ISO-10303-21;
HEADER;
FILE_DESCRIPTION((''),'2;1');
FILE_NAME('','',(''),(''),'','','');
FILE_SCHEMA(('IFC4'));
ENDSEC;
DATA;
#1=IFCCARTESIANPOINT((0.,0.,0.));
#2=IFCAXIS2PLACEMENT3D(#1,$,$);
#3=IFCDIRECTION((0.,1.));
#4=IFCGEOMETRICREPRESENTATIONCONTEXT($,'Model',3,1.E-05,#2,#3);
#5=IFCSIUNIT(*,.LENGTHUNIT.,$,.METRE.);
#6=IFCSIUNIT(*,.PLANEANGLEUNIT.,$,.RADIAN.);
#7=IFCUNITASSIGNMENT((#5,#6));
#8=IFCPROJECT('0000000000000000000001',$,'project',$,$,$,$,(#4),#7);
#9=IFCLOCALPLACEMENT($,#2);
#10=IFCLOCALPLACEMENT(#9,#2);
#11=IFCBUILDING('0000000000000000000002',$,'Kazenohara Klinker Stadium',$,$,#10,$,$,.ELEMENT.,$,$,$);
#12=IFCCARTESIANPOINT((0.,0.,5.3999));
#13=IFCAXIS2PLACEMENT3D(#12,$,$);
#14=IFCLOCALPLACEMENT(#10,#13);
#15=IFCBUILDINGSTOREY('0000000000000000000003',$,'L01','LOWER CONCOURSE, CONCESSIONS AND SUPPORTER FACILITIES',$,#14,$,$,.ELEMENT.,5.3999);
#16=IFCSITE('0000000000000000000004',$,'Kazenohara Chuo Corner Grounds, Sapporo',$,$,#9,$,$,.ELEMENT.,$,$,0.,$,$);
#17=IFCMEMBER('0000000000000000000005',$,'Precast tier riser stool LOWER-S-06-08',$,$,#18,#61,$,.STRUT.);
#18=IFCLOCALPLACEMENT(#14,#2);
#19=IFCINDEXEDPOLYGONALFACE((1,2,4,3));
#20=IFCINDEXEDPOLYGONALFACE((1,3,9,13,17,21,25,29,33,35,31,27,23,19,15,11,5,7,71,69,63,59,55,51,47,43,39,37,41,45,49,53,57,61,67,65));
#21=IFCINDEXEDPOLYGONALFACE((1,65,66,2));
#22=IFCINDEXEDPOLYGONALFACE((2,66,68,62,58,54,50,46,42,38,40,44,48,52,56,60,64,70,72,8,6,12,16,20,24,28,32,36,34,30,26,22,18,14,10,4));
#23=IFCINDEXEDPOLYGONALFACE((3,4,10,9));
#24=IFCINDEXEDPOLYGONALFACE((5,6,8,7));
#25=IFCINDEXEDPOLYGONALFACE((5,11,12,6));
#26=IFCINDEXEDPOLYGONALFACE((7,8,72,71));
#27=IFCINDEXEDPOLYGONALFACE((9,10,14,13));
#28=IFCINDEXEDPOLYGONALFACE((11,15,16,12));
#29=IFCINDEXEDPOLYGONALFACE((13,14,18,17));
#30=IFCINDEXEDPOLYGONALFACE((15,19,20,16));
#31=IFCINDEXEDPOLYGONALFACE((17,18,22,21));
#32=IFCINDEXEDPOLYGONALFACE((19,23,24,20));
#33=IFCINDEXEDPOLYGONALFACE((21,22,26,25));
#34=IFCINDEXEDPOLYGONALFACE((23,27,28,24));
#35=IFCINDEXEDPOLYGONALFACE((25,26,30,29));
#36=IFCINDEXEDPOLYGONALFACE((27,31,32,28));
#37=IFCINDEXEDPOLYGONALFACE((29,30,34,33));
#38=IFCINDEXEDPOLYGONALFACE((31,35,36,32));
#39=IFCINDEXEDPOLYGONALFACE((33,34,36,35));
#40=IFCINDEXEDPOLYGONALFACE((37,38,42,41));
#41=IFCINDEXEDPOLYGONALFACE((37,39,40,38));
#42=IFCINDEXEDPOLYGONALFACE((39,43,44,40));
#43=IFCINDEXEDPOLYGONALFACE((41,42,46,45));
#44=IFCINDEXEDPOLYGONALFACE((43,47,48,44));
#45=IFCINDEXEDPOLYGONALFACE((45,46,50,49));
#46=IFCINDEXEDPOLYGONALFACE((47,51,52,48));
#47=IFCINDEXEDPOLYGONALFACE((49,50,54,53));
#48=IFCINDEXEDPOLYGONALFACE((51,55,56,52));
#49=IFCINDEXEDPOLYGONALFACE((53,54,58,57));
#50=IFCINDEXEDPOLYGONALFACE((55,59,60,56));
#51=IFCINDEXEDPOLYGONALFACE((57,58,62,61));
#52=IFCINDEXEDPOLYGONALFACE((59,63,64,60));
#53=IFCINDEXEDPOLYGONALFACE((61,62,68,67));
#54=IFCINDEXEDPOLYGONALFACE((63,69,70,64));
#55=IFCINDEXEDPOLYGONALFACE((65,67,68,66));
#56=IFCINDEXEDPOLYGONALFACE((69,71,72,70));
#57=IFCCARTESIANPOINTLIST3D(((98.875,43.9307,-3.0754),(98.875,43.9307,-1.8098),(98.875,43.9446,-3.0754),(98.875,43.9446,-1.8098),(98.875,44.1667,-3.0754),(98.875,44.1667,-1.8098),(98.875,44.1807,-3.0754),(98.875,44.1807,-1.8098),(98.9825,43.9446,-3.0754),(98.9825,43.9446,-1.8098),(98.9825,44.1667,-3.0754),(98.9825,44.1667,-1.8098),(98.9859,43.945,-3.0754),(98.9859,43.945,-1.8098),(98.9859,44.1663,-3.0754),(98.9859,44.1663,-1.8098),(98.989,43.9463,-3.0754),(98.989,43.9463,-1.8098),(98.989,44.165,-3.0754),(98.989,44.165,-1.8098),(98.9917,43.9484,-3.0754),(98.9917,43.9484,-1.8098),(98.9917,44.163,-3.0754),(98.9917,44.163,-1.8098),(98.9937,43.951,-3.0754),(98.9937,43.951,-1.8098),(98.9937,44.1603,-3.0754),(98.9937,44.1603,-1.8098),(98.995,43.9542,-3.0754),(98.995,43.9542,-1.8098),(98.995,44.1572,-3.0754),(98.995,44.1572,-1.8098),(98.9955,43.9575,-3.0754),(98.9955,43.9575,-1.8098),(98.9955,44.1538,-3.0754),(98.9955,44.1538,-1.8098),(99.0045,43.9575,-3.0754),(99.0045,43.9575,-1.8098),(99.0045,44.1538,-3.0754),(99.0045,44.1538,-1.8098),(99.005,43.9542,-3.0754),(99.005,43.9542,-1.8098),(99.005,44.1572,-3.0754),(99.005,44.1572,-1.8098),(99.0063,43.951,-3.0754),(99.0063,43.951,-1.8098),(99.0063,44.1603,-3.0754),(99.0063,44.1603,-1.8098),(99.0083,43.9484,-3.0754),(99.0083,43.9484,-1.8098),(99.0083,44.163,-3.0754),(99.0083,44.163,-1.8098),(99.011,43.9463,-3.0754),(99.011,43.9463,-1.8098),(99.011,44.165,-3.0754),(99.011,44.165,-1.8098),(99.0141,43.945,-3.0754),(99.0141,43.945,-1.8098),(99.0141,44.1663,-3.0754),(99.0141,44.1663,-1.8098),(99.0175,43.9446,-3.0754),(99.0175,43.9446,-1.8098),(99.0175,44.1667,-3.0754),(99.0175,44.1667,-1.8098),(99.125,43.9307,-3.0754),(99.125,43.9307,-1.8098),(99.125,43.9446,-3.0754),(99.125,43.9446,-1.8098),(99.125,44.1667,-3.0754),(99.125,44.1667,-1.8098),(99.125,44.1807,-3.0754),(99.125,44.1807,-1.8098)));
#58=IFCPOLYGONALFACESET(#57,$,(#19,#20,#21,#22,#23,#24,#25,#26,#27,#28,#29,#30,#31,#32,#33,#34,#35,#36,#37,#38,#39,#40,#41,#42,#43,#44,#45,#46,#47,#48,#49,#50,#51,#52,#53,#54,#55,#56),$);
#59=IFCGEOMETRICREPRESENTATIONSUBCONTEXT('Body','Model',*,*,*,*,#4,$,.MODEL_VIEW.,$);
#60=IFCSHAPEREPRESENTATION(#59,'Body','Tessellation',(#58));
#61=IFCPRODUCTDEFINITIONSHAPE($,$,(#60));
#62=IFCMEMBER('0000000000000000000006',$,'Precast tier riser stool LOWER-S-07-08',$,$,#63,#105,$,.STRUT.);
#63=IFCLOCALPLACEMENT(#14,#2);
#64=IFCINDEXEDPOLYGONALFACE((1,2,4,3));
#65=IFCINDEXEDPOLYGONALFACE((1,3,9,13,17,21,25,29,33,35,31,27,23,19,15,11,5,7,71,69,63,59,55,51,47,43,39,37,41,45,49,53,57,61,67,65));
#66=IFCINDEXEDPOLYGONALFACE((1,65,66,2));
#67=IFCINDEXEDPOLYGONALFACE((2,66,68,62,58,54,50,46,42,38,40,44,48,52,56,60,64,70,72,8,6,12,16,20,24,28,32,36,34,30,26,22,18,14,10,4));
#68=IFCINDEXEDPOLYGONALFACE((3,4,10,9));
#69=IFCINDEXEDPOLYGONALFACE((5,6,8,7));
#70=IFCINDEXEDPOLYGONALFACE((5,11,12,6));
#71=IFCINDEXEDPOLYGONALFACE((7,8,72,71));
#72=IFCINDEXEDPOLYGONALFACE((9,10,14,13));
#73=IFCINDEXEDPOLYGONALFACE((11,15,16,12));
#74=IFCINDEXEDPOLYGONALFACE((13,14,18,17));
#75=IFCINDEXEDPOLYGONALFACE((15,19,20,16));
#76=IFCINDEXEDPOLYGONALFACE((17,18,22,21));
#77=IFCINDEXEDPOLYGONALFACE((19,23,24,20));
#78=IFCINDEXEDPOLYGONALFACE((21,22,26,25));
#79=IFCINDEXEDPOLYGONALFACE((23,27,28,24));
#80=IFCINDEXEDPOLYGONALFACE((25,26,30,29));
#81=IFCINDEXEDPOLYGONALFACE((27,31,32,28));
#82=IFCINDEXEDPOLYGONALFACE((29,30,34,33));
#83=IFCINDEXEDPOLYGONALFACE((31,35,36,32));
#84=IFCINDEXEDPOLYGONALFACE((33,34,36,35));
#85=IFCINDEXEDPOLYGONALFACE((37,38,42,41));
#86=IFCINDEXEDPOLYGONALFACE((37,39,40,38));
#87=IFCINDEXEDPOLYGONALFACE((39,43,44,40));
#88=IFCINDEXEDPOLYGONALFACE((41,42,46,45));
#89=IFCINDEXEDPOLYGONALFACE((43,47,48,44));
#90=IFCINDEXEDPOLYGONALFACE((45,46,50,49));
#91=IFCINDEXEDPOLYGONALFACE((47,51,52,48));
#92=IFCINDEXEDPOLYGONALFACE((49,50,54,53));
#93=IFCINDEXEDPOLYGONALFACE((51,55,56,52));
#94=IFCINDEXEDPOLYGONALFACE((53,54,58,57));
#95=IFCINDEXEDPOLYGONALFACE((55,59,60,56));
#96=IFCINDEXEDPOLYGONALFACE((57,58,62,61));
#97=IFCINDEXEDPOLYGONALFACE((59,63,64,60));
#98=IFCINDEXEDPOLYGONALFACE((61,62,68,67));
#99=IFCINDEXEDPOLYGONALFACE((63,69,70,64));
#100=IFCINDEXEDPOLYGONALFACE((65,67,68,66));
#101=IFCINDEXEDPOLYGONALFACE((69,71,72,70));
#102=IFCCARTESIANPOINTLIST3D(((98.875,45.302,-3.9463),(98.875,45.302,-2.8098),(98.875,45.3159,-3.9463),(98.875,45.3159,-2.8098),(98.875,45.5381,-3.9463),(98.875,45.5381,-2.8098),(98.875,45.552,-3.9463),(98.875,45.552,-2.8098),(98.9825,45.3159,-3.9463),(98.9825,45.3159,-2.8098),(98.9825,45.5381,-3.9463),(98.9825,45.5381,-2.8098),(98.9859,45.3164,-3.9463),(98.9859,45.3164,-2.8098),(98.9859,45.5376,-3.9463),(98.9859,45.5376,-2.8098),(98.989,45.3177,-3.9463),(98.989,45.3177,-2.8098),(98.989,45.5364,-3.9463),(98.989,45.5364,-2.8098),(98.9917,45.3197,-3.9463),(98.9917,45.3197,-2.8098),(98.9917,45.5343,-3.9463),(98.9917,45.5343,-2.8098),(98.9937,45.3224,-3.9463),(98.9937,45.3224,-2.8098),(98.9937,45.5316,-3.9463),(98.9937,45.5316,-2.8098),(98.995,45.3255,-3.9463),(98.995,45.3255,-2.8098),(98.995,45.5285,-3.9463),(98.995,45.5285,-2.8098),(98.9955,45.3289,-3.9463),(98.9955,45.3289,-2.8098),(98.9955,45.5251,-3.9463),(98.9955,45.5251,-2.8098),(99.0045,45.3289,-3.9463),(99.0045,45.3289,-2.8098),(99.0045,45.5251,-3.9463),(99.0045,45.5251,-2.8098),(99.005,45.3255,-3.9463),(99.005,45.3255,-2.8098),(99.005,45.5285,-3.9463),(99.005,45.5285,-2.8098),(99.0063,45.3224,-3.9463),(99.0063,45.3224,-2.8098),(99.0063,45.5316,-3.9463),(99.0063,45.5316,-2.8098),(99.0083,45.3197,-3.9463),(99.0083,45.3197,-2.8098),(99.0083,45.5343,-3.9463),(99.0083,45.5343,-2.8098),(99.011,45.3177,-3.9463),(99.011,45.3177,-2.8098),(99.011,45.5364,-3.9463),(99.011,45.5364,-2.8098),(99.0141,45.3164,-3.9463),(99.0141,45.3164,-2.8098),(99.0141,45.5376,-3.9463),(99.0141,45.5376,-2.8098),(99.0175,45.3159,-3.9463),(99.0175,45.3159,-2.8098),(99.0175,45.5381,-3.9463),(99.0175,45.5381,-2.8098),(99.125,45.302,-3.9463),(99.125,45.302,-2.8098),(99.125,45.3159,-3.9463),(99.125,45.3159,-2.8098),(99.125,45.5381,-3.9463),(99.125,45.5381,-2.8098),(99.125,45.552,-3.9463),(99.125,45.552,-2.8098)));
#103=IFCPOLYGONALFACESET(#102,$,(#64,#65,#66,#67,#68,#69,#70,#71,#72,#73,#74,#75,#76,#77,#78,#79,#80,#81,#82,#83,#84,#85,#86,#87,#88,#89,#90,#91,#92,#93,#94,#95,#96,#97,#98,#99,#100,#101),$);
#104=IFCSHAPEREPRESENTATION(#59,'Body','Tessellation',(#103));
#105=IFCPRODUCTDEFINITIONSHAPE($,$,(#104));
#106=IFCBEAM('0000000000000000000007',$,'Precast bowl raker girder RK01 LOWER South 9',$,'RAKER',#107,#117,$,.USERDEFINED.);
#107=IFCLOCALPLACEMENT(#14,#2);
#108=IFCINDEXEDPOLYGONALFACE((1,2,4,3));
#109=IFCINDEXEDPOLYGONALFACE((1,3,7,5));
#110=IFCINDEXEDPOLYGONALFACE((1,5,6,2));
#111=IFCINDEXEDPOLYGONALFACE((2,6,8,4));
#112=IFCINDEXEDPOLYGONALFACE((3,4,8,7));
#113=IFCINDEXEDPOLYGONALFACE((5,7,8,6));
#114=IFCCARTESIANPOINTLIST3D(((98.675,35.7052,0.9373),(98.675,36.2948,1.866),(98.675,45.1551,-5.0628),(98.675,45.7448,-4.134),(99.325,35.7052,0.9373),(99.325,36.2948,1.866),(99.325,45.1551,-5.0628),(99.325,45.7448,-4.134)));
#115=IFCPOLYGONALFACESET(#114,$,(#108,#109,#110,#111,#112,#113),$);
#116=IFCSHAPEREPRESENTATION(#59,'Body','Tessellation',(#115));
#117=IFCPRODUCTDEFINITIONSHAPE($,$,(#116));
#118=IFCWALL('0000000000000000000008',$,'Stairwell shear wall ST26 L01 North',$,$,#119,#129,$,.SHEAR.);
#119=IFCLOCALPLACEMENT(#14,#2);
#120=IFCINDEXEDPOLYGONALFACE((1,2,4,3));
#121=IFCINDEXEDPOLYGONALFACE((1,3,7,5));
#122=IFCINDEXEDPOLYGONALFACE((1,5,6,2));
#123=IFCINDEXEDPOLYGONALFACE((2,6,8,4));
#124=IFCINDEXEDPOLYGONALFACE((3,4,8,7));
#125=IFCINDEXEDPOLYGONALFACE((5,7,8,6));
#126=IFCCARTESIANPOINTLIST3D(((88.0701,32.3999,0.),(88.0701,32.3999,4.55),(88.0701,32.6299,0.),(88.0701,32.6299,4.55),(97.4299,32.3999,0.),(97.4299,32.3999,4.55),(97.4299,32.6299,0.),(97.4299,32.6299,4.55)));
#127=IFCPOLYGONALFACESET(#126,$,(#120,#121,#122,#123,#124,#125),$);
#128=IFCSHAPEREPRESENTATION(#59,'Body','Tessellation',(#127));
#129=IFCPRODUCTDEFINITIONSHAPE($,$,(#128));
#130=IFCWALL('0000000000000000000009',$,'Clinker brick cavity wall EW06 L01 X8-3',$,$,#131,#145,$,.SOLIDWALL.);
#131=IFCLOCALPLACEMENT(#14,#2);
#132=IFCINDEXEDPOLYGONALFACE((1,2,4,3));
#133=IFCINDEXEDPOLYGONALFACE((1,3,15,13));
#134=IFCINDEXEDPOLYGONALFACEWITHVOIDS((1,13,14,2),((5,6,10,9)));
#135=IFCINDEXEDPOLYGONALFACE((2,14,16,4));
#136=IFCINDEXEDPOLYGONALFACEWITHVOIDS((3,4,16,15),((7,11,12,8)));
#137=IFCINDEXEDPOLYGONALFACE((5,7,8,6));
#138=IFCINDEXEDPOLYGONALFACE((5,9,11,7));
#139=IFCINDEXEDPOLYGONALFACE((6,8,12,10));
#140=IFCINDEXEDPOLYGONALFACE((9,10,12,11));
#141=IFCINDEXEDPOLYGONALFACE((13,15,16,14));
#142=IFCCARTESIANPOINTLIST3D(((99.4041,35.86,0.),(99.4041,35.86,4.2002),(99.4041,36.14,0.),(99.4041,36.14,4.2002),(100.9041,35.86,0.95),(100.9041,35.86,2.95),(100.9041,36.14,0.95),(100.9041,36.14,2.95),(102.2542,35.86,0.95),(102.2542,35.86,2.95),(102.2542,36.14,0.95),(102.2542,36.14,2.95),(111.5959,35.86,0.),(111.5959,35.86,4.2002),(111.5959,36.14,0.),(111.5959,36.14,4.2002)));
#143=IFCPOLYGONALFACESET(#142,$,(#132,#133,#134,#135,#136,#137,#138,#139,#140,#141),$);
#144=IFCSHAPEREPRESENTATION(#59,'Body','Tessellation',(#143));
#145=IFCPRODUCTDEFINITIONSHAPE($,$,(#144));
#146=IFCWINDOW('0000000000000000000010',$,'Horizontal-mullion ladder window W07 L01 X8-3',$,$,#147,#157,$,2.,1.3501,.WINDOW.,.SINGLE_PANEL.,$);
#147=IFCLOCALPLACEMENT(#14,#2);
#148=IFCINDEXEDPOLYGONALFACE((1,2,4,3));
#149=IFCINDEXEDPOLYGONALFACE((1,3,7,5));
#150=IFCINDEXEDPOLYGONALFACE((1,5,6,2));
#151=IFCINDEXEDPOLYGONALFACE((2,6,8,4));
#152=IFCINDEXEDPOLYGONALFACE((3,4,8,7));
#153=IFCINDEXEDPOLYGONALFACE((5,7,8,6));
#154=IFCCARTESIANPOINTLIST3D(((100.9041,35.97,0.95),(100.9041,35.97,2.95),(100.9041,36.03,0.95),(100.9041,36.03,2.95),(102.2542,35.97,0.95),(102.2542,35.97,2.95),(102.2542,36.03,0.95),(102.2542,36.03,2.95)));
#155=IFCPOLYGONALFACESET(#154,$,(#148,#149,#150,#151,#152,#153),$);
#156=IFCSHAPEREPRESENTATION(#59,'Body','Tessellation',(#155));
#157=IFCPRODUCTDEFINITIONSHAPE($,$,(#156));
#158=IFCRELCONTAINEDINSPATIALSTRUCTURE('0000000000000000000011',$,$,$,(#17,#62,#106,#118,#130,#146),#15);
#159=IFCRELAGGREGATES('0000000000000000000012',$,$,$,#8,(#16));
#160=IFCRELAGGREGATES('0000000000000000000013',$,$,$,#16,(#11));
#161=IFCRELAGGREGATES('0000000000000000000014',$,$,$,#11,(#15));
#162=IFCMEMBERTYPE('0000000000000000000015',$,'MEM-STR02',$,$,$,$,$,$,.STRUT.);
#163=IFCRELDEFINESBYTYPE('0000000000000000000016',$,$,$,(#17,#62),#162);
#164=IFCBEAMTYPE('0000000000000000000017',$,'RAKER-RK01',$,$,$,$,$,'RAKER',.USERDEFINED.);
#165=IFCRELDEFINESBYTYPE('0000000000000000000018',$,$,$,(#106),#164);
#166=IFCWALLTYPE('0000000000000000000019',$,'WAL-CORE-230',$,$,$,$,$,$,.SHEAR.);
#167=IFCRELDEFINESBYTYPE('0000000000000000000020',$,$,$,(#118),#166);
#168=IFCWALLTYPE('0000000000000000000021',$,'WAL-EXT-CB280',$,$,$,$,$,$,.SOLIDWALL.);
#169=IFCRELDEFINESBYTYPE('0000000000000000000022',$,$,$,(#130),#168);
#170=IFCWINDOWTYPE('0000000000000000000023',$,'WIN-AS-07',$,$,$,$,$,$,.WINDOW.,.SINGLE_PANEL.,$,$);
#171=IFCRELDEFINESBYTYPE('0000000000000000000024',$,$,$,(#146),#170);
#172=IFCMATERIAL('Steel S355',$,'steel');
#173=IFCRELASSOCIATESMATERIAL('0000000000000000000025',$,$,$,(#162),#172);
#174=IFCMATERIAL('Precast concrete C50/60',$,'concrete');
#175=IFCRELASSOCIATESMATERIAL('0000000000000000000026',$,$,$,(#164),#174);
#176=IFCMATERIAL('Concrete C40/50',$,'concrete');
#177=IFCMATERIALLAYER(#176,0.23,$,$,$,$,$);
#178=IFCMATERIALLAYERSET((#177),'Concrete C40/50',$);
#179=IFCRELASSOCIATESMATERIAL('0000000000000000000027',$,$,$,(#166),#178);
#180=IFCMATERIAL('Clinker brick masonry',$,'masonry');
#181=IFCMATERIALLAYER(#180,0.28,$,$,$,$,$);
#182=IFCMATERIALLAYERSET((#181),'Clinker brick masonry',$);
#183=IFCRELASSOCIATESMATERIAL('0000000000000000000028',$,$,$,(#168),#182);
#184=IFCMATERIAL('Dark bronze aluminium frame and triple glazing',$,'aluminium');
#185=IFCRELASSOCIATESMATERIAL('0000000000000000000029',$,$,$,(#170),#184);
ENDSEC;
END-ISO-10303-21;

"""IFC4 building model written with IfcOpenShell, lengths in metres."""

from ifc_helpers import new_model, si_unit, direction, frame, frame_2d, origin, origin_2d, place, context, subcontext, project, spatial, rectangle, i_section, extrude, material, layer, layer_set, material_profile, profile_set, type_object, element, fill, save


model = new_model("IFC4")

# Units and contexts
model_context = context("Model", 3, precision=1e-05, world=origin(), true_north=direction((0.0, 1.0)))
body_context = subcontext(model_context, "Body", "Model", "MODEL_VIEW")
ifc_project = project(units=[si_unit("LENGTHUNIT", "METRE"), si_unit("PLANEANGLEUNIT", "RADIAN")], contexts=[model_context])

# Site, building, storey
site_placement = place(None, origin())
site = spatial("IfcSite", under=ifc_project, at=site_placement, Name="Kazenohara Chuo Corner Grounds, Sapporo", CompositionType="ELEMENT", RefElevation=0.0)
building_placement = place(site_placement, origin())
building = spatial("IfcBuilding", under=site, at=building_placement, Name="Kazenohara Klinker Stadium", CompositionType="ELEMENT")
storey_placement = place(building_placement, frame((0.0, 0.0, 5.3999)))
storey = spatial("IfcBuildingStorey", under=building, at=storey_placement, Name="L01", Description="LOWER CONCOURSE, CONCESSIONS AND SUPPORTER FACILITIES", CompositionType="ELEMENT", Elevation=5.3999)

# Shared definitions
ifc_material_1 = material(Name="Concrete C40/50", Category="concrete")

# Shared definitions
ifc_material_2 = material(Name="Steel S355", Category="steel")

# Members
ifc_material_profile_1 = material_profile(ifc_material_2, i_section(OverallWidth=0.25, OverallDepth=0.25, WebThickness=0.009, FlangeThickness=0.0139, FilletRadius=0.0129, at=origin_2d()), Name="H-250x250x9x14")
ifc_profile_set_1 = profile_set([ifc_material_profile_1], Name="Steel S355")
member_type = type_object("IfcMemberType", Name="MEM-STR02", PredefinedType="STRUT", material=ifc_profile_set_1)
member_1_placement = place(storey_placement, frame((99.0, 44.0557, -3.0754), z_axis=(0.0, 0.0, 1.0), x_axis=(1.0, 0.0, 0.0)))
element("IfcMember", 1, at=member_1_placement, inside=storey, type_object=member_type, Name="Precast tier riser stool LOWER-S-06-08", PredefinedType="STRUT", context=body_context, shape_type="SweptSolid", body=[
    extrude(i_section(OverallWidth=0.25, OverallDepth=0.25, WebThickness=0.009, FlangeThickness=0.0139, FilletRadius=0.0129, at=origin_2d()), origin(), (0.0, 0.0, 1.0), 1.2656),
])
member_2_placement = place(storey_placement, frame((99.0, 45.427, -3.9463), z_axis=(0.0, 0.0, 1.0), x_axis=(1.0, 0.0, 0.0)))
element("IfcMember", 2, at=member_2_placement, inside=storey, type_object=member_type, Name="Precast tier riser stool LOWER-S-07-08", PredefinedType="STRUT", context=body_context, shape_type="SweptSolid", body=[
    extrude(i_section(OverallWidth=0.25, OverallDepth=0.25, WebThickness=0.009, FlangeThickness=0.0139, FilletRadius=0.0129, at=origin_2d()), origin(), (0.0, 0.0, 1.0), 1.1365),
])

# Beam
ifc_material_3 = material(Name="Precast concrete C50/60", Category="concrete")
ifc_material_profile_2 = material_profile(ifc_material_3, rectangle(XDim=0.6499, YDim=1.1001, at=origin_2d()), Name="PC-RAKER-650x1100")
ifc_profile_set_2 = profile_set([ifc_material_profile_2], Name="Precast concrete C50/60")
beam_type_1 = type_object("IfcBeamType", Name="RAKER-RK01", ElementType="RAKER", PredefinedType="USERDEFINED", material=ifc_profile_set_2)
beam_1_placement = place(storey_placement, frame((99.0, 36.0, 1.4016), z_axis=(0.0, 0.844212, -0.53601), x_axis=(-1.0, 0.0, 0.0)))
element("IfcBeam", 3, at=beam_1_placement, inside=storey, type_object=beam_type_1, Name="Precast bowl raker girder RK01 LOWER South 9", ObjectType="RAKER", PredefinedType="USERDEFINED", context=body_context, shape_type="SweptSolid", body=[
    extrude(rectangle(XDim=0.6499, YDim=1.1001, at=origin_2d()), origin(), (0.0, 0.0, 1.0), 11.1938),
])

# Wall
ifc_layer_1 = layer(ifc_material_1, 0.23)
ifc_layer_set_1 = layer_set([ifc_layer_1], Name="Concrete C40/50")
wall_type_1 = type_object("IfcWallType", Name="WAL-CORE-230", PredefinedType="SHEAR", material=ifc_layer_set_1)
wall_1_placement = place(storey_placement, frame((88.0701, 32.5149, 0.0), z_axis=(0.0, 0.0, 1.0), x_axis=(1.0, 0.0, 0.0)))
element("IfcWall", 4, at=wall_1_placement, inside=storey, type_object=wall_type_1, Name="Stairwell shear wall ST26 L01 North", PredefinedType="SHEAR", context=body_context, shape_type="SweptSolid", body=[
    extrude(rectangle(XDim=9.3599, YDim=0.23, at=frame_2d((4.6799, 0.0))), origin(), (0.0, 0.0, 1.0), 4.55),
])

# Wall, opening, window
ifc_material_4 = material(Name="Clinker brick masonry", Category="masonry")
ifc_layer_2 = layer(ifc_material_4, 0.28)
ifc_layer_set_2 = layer_set([ifc_layer_2], Name="Clinker brick masonry")
wall_type_2 = type_object("IfcWallType", Name="WAL-EXT-CB280", PredefinedType="SOLIDWALL", material=ifc_layer_set_2)
wall_2_placement = place(storey_placement, frame((99.4041, 36.0, 0.0), z_axis=(0.0, 0.0, 1.0), x_axis=(1.0, 0.0, 0.0)))
wall_2 = element("IfcWall", 5, at=wall_2_placement, inside=storey, type_object=wall_type_2, Name="Clinker brick cavity wall EW06 L01 X8-3", PredefinedType="SOLIDWALL", context=body_context, shape_type="SweptSolid", body=[
    extrude(rectangle(XDim=12.1919, YDim=0.28, at=frame_2d((6.0959, 0.0))), origin(), (0.0, 0.0, 1.0), 4.2002),
])
opening_1_placement = place(wall_2_placement, frame((1.5, 0.0, 0.95)))
opening_1 = element("IfcOpeningElement", 6, at=opening_1_placement, cuts=wall_2, PredefinedType="OPENING", context=body_context, shape_type="SweptSolid", body=[
    extrude(rectangle(XDim=1.3501, YDim=2.0, at=frame_2d((0.675, 1.0))), frame((0.0, 0.1499, 0.0), z_axis=(0.0, -1.0, 0.0), x_axis=(1.0, 0.0, 0.0)), (0.0, 0.0, 1.0), 0.3),
])
ifc_material_5 = material(Name="Dark bronze aluminium frame and triple glazing", Category="aluminium")
window_type_1 = type_object("IfcWindowType", Name="WIN-AS-07", PartitioningType="SINGLE_PANEL", PredefinedType="WINDOW", material=ifc_material_5)
window_1_placement = place(opening_1_placement, origin())
window_1 = element("IfcWindow", 7, at=window_1_placement, inside=storey, type_object=window_type_1, Name="Horizontal-mullion ladder window W07 L01 X8-3", OverallHeight=2.0, OverallWidth=1.3501, PartitioningType="SINGLE_PANEL", PredefinedType="WINDOW", context=body_context, shape_type="SweptSolid", body=[
    extrude(rectangle(XDim=1.3501, YDim=2.0, at=frame_2d((0.675, 1.0))), frame((0.0, 0.03, 0.0), z_axis=(0.0, -1.0, 0.0), x_axis=(1.0, 0.0, 0.0)), (0.0, 0.0, 1.0), 0.0601),
])
fill(opening_1, window_1)

save(model, "model.ifc")
